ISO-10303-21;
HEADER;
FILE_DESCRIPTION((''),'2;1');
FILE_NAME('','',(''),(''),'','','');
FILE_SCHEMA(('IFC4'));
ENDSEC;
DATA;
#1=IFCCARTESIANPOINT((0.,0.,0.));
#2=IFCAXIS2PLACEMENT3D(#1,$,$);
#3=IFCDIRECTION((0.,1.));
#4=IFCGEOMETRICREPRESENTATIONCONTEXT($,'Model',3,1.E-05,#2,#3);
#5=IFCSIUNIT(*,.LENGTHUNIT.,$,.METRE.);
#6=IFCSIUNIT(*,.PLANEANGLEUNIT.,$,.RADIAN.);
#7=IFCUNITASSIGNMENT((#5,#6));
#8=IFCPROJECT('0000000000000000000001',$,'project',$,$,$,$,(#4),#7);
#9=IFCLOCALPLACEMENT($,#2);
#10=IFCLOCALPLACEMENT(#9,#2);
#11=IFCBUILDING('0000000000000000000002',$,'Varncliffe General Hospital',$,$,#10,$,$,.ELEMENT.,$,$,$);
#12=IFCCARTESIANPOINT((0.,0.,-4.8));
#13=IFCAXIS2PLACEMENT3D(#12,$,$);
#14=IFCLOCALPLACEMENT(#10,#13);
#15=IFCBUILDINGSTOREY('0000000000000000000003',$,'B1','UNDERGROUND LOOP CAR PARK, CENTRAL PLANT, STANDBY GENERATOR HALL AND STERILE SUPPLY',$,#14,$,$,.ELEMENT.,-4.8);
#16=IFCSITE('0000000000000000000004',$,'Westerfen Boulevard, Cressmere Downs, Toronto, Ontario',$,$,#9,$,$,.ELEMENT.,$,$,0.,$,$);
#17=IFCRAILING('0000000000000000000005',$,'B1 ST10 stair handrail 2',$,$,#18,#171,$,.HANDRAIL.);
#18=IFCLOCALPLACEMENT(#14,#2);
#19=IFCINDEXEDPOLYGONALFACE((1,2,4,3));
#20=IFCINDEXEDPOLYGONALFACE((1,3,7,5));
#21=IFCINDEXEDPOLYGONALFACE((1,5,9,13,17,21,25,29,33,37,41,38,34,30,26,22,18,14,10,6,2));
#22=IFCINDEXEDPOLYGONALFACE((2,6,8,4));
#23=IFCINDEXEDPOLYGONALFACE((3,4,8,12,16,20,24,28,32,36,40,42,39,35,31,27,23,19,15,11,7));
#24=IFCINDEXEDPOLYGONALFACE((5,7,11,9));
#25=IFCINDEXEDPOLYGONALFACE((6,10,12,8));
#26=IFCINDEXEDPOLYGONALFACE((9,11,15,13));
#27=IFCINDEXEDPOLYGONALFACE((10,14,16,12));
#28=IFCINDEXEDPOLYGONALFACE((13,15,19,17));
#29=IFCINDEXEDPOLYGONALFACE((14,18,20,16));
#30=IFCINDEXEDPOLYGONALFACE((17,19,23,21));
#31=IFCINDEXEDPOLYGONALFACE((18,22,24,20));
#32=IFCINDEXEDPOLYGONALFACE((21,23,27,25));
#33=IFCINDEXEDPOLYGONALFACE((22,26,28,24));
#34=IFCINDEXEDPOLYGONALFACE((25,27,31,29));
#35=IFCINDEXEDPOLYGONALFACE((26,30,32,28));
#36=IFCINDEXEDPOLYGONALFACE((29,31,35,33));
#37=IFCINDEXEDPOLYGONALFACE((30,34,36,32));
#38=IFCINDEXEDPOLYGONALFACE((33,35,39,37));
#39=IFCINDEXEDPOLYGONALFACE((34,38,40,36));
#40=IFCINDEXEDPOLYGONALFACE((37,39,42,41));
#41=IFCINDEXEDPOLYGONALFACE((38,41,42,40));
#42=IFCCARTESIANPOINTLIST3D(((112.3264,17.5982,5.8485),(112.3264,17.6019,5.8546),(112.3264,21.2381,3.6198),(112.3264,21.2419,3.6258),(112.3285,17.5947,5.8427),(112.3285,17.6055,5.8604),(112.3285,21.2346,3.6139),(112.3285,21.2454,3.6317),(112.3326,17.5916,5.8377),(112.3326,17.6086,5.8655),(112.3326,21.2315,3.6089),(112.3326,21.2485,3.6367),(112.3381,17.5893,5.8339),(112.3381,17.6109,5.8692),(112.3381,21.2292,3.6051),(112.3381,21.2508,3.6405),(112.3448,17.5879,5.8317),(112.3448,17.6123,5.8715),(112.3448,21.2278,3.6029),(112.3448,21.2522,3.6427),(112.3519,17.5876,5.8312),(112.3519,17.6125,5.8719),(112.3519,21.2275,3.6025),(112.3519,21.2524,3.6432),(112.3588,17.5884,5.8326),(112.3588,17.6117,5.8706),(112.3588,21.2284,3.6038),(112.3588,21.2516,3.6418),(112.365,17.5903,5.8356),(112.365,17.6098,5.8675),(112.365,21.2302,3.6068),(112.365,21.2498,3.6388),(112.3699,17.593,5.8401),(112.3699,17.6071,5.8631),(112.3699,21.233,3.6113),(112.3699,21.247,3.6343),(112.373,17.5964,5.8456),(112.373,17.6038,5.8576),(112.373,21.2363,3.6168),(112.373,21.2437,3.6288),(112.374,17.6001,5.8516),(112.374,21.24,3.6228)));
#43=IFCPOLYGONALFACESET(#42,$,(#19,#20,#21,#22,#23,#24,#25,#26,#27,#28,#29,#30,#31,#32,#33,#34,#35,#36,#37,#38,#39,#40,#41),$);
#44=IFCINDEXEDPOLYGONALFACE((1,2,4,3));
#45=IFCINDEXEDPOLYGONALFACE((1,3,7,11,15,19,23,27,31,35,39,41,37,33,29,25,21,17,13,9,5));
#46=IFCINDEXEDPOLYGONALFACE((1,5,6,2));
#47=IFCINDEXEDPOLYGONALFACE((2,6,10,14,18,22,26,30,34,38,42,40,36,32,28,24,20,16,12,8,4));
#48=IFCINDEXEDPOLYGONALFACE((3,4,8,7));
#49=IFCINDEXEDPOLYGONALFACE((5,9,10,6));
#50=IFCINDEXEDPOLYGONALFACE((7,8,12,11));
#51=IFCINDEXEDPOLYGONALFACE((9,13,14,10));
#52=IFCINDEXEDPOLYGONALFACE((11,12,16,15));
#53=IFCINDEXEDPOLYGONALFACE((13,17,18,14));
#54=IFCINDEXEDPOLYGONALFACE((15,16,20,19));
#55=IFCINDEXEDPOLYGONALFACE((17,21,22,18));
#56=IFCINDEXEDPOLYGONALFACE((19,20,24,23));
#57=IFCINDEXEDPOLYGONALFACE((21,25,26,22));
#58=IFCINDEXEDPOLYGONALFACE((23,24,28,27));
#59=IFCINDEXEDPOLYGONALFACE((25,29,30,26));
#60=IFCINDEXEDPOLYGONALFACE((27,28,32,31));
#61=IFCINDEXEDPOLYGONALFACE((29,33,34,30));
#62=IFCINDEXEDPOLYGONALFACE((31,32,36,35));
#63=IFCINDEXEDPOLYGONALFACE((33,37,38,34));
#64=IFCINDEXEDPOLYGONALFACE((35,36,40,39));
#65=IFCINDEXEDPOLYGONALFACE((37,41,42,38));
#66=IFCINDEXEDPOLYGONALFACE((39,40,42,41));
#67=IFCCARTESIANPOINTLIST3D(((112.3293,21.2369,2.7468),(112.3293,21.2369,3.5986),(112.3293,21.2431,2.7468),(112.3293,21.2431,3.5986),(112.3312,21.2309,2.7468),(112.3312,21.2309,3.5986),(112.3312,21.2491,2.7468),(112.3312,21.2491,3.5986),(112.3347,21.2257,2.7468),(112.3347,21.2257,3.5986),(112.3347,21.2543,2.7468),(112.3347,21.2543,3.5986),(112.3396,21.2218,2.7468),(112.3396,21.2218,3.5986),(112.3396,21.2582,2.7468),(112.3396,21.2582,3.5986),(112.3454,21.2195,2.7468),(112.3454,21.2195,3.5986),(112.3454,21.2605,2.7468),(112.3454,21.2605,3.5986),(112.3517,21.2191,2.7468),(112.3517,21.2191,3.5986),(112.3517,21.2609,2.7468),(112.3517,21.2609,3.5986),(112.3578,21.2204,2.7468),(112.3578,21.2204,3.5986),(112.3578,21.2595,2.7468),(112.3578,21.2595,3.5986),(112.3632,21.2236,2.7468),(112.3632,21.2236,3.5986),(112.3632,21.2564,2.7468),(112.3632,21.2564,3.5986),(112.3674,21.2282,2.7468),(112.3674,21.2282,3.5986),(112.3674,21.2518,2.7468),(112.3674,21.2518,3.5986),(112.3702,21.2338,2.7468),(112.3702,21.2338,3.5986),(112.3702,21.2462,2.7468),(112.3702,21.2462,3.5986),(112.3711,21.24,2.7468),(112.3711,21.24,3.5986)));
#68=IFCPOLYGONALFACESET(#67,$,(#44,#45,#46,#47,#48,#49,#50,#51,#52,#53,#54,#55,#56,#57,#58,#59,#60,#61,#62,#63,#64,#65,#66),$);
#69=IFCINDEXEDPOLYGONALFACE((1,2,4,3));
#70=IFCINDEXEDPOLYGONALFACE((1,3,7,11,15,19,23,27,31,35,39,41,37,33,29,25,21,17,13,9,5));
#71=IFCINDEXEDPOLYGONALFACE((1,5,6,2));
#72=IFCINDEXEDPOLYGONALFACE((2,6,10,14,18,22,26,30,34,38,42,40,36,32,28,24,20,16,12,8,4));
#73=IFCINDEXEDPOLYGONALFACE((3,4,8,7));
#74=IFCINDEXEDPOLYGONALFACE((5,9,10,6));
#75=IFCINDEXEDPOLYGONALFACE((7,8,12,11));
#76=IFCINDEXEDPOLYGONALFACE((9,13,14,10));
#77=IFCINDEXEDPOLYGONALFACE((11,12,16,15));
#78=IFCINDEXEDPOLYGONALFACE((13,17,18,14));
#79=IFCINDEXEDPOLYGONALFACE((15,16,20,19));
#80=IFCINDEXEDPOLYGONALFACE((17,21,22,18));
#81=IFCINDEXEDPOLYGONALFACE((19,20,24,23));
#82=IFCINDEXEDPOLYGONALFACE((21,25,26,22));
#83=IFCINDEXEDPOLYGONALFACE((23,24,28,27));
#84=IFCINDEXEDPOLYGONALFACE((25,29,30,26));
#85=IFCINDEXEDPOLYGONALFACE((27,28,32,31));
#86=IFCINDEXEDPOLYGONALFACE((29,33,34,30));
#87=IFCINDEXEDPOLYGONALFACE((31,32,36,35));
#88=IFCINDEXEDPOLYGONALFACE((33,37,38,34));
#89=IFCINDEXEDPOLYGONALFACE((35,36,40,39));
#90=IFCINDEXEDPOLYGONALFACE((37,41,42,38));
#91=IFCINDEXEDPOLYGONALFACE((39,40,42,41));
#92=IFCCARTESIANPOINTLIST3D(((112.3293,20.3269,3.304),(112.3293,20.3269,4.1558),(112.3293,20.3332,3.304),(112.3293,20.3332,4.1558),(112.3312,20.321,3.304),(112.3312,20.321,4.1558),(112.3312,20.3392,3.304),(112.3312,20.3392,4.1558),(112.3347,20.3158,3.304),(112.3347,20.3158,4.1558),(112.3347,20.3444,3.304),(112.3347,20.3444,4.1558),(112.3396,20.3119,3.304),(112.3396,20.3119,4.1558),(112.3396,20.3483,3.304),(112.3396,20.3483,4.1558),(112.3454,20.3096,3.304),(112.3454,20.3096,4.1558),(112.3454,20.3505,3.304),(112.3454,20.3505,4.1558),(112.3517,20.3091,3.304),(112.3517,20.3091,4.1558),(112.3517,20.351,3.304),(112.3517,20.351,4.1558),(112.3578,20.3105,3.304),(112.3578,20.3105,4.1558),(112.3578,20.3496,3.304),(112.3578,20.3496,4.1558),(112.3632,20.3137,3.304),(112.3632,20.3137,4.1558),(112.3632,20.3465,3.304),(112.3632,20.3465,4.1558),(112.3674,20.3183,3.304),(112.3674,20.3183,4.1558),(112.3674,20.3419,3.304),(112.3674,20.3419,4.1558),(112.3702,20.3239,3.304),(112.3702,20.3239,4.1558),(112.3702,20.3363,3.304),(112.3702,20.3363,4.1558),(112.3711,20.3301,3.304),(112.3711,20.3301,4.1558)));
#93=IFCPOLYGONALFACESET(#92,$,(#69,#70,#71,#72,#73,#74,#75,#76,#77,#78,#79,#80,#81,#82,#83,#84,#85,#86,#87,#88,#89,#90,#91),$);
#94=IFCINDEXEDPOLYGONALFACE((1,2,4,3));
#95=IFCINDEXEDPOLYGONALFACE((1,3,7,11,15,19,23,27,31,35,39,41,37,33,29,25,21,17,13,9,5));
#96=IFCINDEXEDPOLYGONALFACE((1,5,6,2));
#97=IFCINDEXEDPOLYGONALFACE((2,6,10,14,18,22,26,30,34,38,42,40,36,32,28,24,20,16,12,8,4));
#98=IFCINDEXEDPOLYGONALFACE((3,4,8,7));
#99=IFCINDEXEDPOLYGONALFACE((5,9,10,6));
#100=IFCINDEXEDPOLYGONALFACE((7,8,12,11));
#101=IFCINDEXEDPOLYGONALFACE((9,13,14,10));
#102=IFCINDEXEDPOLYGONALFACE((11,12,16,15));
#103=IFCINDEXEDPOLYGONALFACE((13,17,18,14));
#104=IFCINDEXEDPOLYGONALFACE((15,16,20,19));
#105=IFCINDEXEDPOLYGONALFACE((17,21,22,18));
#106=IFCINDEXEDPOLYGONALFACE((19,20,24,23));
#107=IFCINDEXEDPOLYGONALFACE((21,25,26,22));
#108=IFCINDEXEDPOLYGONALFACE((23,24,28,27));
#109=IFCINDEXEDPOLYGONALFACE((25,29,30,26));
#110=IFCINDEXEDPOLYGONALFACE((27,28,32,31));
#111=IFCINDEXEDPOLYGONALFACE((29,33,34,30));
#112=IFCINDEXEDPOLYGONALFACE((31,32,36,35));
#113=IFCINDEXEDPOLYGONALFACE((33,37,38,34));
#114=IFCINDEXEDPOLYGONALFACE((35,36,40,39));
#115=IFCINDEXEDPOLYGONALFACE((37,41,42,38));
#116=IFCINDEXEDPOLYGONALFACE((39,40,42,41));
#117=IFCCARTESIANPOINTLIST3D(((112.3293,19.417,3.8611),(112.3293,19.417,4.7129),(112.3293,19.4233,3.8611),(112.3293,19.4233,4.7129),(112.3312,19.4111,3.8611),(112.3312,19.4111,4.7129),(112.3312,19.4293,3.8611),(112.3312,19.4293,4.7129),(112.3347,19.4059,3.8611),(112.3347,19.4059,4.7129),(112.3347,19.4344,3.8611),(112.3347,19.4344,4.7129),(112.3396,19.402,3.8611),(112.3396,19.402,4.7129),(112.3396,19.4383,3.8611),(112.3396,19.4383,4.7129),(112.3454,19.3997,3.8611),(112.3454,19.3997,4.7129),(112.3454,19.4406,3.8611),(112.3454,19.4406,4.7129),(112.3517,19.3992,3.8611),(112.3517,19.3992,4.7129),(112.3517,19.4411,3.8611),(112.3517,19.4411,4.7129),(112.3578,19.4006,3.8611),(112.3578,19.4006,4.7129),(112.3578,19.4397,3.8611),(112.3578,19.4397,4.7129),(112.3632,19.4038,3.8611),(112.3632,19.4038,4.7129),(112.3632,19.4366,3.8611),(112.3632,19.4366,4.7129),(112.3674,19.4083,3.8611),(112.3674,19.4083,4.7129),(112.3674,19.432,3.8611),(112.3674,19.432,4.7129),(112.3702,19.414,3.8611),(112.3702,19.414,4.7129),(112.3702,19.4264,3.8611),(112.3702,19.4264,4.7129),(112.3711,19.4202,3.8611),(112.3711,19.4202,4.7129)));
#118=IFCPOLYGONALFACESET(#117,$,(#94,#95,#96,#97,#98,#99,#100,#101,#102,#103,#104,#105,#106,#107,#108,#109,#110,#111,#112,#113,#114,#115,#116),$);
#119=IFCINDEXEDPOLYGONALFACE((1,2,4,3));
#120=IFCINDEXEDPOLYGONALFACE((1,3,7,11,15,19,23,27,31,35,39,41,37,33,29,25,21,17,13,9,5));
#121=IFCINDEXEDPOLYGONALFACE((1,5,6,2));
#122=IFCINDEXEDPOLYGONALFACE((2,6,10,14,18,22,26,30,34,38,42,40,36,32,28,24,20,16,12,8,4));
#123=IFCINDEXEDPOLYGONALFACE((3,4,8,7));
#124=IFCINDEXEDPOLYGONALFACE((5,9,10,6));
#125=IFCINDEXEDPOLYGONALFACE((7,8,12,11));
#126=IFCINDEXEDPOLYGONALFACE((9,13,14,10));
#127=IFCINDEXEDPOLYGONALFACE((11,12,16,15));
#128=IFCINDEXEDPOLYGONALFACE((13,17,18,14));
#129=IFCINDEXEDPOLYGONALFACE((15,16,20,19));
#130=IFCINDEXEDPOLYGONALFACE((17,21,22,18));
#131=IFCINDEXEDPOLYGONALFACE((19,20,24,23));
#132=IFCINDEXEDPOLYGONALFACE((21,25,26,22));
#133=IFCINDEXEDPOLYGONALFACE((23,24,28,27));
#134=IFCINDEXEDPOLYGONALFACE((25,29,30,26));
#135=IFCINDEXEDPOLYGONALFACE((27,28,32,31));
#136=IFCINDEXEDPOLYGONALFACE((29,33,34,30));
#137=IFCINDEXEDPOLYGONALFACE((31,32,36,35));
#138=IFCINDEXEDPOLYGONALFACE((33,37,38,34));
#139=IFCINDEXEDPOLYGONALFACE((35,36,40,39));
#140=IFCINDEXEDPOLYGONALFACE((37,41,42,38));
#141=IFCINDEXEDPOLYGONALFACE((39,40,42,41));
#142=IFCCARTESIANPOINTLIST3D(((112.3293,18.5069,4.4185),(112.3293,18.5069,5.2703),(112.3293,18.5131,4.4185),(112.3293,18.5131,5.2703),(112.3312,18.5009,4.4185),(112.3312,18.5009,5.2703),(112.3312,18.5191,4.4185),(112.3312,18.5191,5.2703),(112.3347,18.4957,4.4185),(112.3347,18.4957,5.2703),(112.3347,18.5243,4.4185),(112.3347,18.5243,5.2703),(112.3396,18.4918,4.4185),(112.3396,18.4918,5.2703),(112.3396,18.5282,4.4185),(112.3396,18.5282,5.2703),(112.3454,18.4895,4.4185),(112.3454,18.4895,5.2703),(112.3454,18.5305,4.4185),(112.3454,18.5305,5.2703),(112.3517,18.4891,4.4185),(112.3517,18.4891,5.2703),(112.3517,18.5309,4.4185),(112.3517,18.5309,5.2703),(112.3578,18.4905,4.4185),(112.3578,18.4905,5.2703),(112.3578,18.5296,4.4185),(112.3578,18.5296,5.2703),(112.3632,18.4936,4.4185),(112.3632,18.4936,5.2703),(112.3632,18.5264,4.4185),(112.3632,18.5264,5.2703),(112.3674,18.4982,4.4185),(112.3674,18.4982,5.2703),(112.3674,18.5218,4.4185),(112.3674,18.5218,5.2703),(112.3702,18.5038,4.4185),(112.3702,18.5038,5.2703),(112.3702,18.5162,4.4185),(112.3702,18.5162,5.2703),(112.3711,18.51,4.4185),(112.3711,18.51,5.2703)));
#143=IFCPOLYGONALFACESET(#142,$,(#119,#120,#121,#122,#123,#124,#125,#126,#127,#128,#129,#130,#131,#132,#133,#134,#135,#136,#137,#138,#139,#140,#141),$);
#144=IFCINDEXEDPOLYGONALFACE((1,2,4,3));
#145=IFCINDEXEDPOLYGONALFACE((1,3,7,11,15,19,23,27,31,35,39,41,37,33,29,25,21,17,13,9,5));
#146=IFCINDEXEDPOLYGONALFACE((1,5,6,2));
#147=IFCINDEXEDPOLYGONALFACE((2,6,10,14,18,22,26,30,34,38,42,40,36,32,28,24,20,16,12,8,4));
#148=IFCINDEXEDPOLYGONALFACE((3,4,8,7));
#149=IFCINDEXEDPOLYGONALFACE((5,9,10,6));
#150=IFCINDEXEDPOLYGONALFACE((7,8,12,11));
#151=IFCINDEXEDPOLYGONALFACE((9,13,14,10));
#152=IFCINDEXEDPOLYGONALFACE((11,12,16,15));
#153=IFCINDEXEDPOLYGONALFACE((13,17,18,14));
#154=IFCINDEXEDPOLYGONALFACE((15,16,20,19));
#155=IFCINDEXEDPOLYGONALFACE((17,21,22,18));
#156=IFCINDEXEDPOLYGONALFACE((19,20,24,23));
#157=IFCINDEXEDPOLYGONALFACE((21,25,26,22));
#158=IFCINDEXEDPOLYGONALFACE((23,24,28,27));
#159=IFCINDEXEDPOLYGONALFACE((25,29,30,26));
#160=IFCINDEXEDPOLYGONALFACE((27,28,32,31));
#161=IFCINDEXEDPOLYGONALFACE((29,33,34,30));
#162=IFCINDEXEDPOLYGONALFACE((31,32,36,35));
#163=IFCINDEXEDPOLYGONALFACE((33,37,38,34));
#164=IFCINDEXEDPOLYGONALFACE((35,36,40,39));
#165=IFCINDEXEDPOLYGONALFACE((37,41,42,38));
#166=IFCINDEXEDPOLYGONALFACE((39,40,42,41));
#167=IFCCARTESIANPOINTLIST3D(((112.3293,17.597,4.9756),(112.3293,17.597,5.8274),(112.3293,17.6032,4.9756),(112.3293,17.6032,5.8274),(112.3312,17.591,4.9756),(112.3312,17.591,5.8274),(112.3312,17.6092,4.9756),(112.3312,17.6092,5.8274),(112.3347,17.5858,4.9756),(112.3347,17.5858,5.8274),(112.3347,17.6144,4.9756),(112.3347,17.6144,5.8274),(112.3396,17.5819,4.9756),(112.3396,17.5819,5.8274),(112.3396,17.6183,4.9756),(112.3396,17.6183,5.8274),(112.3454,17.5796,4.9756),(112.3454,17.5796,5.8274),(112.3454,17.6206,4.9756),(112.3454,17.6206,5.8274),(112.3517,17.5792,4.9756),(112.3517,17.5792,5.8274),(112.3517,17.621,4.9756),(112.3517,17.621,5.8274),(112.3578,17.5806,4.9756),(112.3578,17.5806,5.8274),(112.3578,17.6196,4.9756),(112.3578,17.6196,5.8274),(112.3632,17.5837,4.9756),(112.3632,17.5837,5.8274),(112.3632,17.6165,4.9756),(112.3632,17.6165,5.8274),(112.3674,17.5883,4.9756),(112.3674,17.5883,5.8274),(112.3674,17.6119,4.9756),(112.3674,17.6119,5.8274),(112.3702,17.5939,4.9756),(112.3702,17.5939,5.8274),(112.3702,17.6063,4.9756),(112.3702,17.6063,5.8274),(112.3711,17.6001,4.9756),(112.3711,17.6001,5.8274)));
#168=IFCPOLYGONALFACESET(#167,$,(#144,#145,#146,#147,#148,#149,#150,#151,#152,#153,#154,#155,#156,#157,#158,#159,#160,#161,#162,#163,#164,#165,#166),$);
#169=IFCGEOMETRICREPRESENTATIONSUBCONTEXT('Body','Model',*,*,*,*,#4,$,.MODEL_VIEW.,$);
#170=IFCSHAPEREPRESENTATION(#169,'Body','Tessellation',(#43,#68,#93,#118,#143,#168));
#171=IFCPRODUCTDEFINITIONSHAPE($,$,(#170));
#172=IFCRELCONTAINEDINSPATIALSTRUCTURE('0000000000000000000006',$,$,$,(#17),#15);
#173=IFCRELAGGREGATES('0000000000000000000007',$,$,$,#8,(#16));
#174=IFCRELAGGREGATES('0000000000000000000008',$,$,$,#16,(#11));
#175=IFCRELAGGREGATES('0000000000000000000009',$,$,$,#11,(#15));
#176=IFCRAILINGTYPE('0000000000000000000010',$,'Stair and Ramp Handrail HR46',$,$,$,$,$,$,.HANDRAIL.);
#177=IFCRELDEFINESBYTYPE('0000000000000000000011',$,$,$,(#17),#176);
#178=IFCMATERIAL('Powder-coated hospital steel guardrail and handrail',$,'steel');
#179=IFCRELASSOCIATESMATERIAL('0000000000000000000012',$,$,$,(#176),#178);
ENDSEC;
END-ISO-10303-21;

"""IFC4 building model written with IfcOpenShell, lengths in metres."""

from ifc_helpers import new_model, si_unit, direction, frame, origin, origin_2d, place, context, subcontext, project, spatial, circle, extrude, material, type_object, element, save


model = new_model("IFC4")

# Units and contexts
model_context = context("Model", 3, precision=1e-05, world=origin(), true_north=direction((0.0, 1.0)))
body_context = subcontext(model_context, "Body", "Model", "MODEL_VIEW")
ifc_project = project(units=[si_unit("LENGTHUNIT", "METRE"), si_unit("PLANEANGLEUNIT", "RADIAN")], contexts=[model_context])

# Site, building, storey
site_placement = place(None, origin())
site = spatial("IfcSite", under=ifc_project, at=site_placement, Name="Westerfen Boulevard, Cressmere Downs, Toronto, Ontario", CompositionType="ELEMENT", RefElevation=0.0)
building_placement = place(site_placement, origin())
building = spatial("IfcBuilding", under=site, at=building_placement, Name="Varncliffe General Hospital", CompositionType="ELEMENT")
storey_placement = place(building_placement, frame((0.0, 0.0, -4.8)))
storey = spatial("IfcBuildingStorey", under=building, at=storey_placement, Name="B1", Description="UNDERGROUND LOOP CAR PARK, CENTRAL PLANT, STANDBY GENERATOR HALL AND STERILE SUPPLY", CompositionType="ELEMENT", Elevation=-4.8)

# Railing
ifc_material_1 = material(Name="Powder-coated hospital steel guardrail and handrail", Category="steel")
railing_type_1 = type_object("IfcRailingType", Name="Stair and Ramp Handrail HR46", PredefinedType="HANDRAIL", material=ifc_material_1)
railing_1_placement = place(storey_placement, frame((112.3501, 21.24, 2.7468)))
element("IfcRailing", 1, at=railing_1_placement, inside=storey, type_object=railing_type_1, Name="B1 ST10 stair handrail 2", PredefinedType="HANDRAIL", context=body_context, shape_type="SweptSolid", body=[
    extrude(circle(Radius=0.0239, at=origin_2d()), frame((0.0, 0.0, 0.876), z_axis=(0.0, -0.852825, 0.522197), x_axis=(1.0, 0.0, 0.0)), (0.0, 0.0, 1.0), 4.2681),
    extrude(circle(Radius=0.021, at=origin_2d()), origin(), (0.0, 0.0, 1.0), 0.8518),
    extrude(circle(Radius=0.021, at=origin_2d()), frame((0.0, -0.9099, 0.5571)), (0.0, 0.0, 1.0), 0.8518),
    extrude(circle(Radius=0.021, at=origin_2d()), frame((0.0, -1.8198, 1.1143)), (0.0, 0.0, 1.0), 0.8518),
    extrude(circle(Radius=0.021, at=origin_2d()), frame((0.0, -2.73, 1.6716)), (0.0, 0.0, 1.0), 0.8518),
    extrude(circle(Radius=0.021, at=origin_2d()), frame((0.0, -3.6399, 2.2288)), (0.0, 0.0, 1.0), 0.8518),
])

save(model, "model.ifc")
